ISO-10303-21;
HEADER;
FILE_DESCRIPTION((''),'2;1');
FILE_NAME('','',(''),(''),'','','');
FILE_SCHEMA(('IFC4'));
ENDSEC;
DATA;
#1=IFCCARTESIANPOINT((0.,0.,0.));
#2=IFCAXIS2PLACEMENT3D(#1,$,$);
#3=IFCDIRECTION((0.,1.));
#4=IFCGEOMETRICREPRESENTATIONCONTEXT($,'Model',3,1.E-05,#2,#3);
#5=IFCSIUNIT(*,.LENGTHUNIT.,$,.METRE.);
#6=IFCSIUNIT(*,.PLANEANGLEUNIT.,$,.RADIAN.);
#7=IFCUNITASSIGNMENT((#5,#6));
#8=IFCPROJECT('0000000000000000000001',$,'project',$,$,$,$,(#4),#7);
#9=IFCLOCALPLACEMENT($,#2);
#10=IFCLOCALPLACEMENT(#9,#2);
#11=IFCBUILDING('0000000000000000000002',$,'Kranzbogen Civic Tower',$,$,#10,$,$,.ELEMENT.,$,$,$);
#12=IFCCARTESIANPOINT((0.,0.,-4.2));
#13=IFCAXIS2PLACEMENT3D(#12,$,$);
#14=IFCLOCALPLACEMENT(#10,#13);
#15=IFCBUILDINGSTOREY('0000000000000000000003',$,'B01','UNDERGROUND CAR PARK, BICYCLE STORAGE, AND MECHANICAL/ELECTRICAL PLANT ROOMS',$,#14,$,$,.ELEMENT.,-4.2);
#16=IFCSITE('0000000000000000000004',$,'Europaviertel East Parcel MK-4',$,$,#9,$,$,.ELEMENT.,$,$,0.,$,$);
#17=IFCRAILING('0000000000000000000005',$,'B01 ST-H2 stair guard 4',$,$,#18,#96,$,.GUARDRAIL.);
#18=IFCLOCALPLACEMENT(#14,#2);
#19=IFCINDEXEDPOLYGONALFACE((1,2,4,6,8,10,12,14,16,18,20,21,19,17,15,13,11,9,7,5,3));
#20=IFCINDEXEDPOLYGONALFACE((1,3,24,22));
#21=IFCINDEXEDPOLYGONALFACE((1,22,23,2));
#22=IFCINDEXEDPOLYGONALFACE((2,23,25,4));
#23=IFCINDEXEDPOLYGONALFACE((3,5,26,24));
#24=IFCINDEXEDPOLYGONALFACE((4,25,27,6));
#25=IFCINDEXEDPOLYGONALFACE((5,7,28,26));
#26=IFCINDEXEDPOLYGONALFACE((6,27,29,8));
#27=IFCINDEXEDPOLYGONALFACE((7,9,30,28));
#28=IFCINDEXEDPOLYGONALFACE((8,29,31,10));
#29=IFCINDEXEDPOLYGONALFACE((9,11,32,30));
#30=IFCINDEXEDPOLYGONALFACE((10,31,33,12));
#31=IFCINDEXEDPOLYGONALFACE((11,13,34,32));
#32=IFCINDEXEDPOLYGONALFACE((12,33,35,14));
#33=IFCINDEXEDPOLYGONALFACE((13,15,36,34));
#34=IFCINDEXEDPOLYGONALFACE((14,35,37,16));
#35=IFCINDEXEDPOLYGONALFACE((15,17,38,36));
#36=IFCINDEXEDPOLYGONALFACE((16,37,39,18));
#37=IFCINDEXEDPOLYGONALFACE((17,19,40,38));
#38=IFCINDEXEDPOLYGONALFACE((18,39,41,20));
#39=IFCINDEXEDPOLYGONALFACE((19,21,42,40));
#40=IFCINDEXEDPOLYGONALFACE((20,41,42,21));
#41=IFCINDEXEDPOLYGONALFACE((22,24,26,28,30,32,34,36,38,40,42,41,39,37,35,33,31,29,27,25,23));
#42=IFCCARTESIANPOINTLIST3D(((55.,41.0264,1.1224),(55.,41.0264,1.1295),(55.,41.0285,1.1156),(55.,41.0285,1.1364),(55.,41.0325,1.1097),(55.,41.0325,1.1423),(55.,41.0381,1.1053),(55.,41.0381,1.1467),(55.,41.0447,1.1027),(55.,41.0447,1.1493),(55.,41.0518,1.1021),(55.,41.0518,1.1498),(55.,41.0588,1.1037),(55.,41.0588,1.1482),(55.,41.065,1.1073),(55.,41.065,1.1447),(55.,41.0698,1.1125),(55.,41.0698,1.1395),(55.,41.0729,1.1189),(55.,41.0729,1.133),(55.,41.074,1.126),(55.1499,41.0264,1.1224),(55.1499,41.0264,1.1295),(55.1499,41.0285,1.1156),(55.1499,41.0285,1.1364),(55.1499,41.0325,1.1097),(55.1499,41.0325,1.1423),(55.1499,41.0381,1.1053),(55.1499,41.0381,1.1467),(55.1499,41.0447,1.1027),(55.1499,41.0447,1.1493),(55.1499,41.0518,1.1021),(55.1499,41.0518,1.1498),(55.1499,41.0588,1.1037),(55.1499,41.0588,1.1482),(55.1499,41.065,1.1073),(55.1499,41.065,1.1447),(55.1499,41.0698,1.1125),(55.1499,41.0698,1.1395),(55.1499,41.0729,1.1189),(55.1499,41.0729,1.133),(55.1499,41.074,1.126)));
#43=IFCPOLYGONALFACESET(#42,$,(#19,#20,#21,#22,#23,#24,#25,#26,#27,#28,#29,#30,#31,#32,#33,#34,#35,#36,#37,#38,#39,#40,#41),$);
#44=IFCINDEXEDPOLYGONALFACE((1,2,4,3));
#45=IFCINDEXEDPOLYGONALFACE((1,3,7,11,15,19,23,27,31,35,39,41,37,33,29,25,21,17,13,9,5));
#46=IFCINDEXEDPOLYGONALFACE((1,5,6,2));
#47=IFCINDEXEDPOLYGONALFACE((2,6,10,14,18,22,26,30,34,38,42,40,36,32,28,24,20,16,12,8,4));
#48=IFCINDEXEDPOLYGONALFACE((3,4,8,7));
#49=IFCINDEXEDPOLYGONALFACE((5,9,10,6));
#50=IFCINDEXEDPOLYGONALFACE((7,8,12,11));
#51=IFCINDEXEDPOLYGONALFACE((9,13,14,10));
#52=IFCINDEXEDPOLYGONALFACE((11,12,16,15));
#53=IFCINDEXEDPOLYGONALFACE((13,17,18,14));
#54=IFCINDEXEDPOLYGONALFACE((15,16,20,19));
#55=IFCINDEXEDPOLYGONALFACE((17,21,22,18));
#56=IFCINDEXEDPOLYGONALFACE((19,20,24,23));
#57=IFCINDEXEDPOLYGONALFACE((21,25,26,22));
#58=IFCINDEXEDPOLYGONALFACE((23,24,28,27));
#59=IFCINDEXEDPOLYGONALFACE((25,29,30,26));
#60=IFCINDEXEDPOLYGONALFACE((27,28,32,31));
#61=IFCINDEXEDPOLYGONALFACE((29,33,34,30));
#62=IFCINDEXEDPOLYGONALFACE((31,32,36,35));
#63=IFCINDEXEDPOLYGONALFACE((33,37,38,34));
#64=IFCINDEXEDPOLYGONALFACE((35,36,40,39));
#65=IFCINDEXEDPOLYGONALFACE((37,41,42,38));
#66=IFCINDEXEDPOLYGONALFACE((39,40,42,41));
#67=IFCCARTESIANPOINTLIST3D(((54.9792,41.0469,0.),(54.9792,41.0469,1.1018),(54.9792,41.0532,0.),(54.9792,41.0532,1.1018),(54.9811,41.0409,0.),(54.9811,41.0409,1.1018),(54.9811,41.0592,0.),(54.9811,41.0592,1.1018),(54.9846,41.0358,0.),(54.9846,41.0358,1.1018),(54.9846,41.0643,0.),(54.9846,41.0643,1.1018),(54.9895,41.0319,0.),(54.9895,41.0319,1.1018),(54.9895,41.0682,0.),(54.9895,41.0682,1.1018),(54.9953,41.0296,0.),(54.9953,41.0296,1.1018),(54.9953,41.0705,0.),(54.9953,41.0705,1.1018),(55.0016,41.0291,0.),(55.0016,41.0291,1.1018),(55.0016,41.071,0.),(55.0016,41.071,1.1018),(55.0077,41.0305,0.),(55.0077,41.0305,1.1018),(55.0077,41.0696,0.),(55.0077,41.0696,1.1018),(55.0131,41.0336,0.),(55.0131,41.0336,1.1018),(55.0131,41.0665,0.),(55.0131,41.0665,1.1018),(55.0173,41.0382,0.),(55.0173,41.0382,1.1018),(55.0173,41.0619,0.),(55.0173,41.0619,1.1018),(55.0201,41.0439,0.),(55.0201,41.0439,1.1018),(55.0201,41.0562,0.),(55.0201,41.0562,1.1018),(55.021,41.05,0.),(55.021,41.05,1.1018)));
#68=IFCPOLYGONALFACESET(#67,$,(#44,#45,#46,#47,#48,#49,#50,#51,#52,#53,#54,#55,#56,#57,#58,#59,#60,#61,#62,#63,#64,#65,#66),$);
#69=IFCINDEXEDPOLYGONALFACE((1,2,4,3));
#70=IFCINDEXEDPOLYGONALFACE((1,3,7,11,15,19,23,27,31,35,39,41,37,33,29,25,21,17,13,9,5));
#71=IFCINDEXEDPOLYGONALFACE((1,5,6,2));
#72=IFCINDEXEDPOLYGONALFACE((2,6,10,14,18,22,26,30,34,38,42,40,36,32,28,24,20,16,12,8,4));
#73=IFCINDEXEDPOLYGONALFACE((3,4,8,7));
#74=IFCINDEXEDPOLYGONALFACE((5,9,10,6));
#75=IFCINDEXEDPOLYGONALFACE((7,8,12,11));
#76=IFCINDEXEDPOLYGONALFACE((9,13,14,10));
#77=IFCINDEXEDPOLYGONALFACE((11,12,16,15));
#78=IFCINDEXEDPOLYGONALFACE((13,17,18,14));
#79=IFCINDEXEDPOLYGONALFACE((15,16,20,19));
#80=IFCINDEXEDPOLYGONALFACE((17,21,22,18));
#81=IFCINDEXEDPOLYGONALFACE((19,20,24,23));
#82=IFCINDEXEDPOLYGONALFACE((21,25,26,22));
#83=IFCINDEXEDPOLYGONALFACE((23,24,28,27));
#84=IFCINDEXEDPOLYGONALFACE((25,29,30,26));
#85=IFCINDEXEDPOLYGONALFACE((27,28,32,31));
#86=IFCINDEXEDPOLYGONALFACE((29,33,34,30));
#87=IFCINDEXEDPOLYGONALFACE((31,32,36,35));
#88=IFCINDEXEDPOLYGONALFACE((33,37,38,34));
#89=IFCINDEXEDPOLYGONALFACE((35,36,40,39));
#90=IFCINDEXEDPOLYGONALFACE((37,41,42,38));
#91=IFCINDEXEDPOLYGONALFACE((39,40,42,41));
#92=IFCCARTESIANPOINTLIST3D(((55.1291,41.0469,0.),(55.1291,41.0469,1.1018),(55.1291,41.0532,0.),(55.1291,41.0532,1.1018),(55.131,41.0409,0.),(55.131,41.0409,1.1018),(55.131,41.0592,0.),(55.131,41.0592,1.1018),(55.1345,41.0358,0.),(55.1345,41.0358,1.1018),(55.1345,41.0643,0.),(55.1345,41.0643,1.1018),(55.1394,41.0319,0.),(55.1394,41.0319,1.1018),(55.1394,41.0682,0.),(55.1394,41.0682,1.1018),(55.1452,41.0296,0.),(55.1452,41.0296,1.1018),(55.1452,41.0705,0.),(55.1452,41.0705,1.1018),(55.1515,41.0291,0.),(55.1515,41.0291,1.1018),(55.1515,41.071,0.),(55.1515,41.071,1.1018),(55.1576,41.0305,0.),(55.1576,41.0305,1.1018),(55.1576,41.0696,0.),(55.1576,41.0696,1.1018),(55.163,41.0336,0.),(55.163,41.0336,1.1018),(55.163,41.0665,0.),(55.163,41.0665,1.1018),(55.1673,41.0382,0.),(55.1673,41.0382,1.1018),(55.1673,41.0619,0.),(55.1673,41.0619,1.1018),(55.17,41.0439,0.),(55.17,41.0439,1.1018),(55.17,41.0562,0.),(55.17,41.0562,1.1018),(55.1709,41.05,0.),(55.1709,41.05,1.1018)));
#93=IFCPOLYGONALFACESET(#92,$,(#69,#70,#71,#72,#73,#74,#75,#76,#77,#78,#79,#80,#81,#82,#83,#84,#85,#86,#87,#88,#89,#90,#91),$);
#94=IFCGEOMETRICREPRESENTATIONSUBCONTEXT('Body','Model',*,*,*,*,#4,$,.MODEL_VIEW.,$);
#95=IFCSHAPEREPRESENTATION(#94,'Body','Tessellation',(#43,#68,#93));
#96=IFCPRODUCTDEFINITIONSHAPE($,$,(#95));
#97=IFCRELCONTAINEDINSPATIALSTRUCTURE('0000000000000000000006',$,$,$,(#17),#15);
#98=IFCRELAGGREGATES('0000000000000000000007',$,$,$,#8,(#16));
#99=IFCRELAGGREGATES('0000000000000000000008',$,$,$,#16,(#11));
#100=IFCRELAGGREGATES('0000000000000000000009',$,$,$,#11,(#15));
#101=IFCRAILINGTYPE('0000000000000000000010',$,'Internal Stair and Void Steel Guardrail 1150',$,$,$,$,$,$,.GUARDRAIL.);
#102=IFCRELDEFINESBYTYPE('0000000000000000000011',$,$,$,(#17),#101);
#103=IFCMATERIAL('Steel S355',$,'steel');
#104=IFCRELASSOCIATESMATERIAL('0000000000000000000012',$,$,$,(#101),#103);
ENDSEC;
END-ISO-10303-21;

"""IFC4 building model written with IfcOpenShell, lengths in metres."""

from ifc_helpers import new_model, si_unit, direction, frame, origin, origin_2d, place, context, subcontext, project, spatial, circle, extrude, material, type_object, element, save


model = new_model("IFC4")

# Units and contexts
model_context = context("Model", 3, precision=1e-05, world=origin(), true_north=direction((0.0, 1.0)))
body_context = subcontext(model_context, "Body", "Model", "MODEL_VIEW")
ifc_project = project(units=[si_unit("LENGTHUNIT", "METRE"), si_unit("PLANEANGLEUNIT", "RADIAN")], contexts=[model_context])

# Site, building, storey
site_placement = place(None, origin())
site = spatial("IfcSite", under=ifc_project, at=site_placement, Name="Europaviertel East Parcel MK-4", CompositionType="ELEMENT", RefElevation=0.0)
building_placement = place(site_placement, origin())
building = spatial("IfcBuilding", under=site, at=building_placement, Name="Kranzbogen Civic Tower", CompositionType="ELEMENT")
storey_placement = place(building_placement, frame((0.0, 0.0, -4.2)))
storey = spatial("IfcBuildingStorey", under=building, at=storey_placement, Name="B01", Description="UNDERGROUND CAR PARK, BICYCLE STORAGE, AND MECHANICAL/ELECTRICAL PLANT ROOMS", CompositionType="ELEMENT", Elevation=-4.2)

# Shared definitions
ifc_material_1 = material(Name="Steel S355", Category="steel")

# Railing
railing_type_1 = type_object("IfcRailingType", Name="Internal Stair and Void Steel Guardrail 1150", PredefinedType="GUARDRAIL", material=ifc_material_1)
railing_1_placement = place(storey_placement, frame((55.0, 41.05, 0.0)))
element("IfcRailing", 1, at=railing_1_placement, inside=storey, type_object=railing_type_1, Name="B01 ST-H2 stair guard 4", PredefinedType="GUARDRAIL", context=body_context, shape_type="SweptSolid", body=[
    extrude(circle(Radius=0.0239, at=origin_2d()), frame((0.0, 0.0, 1.126), z_axis=(1.0, 0.0, 0.0), x_axis=(0.0, 1.0, 0.0)), (0.0, 0.0, 1.0), 0.1499),
    extrude(circle(Radius=0.021, at=origin_2d()), origin(), (0.0, 0.0, 1.0), 1.1018),
    extrude(circle(Radius=0.021, at=origin_2d()), frame((0.1499, 0.0, 0.0)), (0.0, 0.0, 1.0), 1.1018),
])

save(model, "model.ifc")
